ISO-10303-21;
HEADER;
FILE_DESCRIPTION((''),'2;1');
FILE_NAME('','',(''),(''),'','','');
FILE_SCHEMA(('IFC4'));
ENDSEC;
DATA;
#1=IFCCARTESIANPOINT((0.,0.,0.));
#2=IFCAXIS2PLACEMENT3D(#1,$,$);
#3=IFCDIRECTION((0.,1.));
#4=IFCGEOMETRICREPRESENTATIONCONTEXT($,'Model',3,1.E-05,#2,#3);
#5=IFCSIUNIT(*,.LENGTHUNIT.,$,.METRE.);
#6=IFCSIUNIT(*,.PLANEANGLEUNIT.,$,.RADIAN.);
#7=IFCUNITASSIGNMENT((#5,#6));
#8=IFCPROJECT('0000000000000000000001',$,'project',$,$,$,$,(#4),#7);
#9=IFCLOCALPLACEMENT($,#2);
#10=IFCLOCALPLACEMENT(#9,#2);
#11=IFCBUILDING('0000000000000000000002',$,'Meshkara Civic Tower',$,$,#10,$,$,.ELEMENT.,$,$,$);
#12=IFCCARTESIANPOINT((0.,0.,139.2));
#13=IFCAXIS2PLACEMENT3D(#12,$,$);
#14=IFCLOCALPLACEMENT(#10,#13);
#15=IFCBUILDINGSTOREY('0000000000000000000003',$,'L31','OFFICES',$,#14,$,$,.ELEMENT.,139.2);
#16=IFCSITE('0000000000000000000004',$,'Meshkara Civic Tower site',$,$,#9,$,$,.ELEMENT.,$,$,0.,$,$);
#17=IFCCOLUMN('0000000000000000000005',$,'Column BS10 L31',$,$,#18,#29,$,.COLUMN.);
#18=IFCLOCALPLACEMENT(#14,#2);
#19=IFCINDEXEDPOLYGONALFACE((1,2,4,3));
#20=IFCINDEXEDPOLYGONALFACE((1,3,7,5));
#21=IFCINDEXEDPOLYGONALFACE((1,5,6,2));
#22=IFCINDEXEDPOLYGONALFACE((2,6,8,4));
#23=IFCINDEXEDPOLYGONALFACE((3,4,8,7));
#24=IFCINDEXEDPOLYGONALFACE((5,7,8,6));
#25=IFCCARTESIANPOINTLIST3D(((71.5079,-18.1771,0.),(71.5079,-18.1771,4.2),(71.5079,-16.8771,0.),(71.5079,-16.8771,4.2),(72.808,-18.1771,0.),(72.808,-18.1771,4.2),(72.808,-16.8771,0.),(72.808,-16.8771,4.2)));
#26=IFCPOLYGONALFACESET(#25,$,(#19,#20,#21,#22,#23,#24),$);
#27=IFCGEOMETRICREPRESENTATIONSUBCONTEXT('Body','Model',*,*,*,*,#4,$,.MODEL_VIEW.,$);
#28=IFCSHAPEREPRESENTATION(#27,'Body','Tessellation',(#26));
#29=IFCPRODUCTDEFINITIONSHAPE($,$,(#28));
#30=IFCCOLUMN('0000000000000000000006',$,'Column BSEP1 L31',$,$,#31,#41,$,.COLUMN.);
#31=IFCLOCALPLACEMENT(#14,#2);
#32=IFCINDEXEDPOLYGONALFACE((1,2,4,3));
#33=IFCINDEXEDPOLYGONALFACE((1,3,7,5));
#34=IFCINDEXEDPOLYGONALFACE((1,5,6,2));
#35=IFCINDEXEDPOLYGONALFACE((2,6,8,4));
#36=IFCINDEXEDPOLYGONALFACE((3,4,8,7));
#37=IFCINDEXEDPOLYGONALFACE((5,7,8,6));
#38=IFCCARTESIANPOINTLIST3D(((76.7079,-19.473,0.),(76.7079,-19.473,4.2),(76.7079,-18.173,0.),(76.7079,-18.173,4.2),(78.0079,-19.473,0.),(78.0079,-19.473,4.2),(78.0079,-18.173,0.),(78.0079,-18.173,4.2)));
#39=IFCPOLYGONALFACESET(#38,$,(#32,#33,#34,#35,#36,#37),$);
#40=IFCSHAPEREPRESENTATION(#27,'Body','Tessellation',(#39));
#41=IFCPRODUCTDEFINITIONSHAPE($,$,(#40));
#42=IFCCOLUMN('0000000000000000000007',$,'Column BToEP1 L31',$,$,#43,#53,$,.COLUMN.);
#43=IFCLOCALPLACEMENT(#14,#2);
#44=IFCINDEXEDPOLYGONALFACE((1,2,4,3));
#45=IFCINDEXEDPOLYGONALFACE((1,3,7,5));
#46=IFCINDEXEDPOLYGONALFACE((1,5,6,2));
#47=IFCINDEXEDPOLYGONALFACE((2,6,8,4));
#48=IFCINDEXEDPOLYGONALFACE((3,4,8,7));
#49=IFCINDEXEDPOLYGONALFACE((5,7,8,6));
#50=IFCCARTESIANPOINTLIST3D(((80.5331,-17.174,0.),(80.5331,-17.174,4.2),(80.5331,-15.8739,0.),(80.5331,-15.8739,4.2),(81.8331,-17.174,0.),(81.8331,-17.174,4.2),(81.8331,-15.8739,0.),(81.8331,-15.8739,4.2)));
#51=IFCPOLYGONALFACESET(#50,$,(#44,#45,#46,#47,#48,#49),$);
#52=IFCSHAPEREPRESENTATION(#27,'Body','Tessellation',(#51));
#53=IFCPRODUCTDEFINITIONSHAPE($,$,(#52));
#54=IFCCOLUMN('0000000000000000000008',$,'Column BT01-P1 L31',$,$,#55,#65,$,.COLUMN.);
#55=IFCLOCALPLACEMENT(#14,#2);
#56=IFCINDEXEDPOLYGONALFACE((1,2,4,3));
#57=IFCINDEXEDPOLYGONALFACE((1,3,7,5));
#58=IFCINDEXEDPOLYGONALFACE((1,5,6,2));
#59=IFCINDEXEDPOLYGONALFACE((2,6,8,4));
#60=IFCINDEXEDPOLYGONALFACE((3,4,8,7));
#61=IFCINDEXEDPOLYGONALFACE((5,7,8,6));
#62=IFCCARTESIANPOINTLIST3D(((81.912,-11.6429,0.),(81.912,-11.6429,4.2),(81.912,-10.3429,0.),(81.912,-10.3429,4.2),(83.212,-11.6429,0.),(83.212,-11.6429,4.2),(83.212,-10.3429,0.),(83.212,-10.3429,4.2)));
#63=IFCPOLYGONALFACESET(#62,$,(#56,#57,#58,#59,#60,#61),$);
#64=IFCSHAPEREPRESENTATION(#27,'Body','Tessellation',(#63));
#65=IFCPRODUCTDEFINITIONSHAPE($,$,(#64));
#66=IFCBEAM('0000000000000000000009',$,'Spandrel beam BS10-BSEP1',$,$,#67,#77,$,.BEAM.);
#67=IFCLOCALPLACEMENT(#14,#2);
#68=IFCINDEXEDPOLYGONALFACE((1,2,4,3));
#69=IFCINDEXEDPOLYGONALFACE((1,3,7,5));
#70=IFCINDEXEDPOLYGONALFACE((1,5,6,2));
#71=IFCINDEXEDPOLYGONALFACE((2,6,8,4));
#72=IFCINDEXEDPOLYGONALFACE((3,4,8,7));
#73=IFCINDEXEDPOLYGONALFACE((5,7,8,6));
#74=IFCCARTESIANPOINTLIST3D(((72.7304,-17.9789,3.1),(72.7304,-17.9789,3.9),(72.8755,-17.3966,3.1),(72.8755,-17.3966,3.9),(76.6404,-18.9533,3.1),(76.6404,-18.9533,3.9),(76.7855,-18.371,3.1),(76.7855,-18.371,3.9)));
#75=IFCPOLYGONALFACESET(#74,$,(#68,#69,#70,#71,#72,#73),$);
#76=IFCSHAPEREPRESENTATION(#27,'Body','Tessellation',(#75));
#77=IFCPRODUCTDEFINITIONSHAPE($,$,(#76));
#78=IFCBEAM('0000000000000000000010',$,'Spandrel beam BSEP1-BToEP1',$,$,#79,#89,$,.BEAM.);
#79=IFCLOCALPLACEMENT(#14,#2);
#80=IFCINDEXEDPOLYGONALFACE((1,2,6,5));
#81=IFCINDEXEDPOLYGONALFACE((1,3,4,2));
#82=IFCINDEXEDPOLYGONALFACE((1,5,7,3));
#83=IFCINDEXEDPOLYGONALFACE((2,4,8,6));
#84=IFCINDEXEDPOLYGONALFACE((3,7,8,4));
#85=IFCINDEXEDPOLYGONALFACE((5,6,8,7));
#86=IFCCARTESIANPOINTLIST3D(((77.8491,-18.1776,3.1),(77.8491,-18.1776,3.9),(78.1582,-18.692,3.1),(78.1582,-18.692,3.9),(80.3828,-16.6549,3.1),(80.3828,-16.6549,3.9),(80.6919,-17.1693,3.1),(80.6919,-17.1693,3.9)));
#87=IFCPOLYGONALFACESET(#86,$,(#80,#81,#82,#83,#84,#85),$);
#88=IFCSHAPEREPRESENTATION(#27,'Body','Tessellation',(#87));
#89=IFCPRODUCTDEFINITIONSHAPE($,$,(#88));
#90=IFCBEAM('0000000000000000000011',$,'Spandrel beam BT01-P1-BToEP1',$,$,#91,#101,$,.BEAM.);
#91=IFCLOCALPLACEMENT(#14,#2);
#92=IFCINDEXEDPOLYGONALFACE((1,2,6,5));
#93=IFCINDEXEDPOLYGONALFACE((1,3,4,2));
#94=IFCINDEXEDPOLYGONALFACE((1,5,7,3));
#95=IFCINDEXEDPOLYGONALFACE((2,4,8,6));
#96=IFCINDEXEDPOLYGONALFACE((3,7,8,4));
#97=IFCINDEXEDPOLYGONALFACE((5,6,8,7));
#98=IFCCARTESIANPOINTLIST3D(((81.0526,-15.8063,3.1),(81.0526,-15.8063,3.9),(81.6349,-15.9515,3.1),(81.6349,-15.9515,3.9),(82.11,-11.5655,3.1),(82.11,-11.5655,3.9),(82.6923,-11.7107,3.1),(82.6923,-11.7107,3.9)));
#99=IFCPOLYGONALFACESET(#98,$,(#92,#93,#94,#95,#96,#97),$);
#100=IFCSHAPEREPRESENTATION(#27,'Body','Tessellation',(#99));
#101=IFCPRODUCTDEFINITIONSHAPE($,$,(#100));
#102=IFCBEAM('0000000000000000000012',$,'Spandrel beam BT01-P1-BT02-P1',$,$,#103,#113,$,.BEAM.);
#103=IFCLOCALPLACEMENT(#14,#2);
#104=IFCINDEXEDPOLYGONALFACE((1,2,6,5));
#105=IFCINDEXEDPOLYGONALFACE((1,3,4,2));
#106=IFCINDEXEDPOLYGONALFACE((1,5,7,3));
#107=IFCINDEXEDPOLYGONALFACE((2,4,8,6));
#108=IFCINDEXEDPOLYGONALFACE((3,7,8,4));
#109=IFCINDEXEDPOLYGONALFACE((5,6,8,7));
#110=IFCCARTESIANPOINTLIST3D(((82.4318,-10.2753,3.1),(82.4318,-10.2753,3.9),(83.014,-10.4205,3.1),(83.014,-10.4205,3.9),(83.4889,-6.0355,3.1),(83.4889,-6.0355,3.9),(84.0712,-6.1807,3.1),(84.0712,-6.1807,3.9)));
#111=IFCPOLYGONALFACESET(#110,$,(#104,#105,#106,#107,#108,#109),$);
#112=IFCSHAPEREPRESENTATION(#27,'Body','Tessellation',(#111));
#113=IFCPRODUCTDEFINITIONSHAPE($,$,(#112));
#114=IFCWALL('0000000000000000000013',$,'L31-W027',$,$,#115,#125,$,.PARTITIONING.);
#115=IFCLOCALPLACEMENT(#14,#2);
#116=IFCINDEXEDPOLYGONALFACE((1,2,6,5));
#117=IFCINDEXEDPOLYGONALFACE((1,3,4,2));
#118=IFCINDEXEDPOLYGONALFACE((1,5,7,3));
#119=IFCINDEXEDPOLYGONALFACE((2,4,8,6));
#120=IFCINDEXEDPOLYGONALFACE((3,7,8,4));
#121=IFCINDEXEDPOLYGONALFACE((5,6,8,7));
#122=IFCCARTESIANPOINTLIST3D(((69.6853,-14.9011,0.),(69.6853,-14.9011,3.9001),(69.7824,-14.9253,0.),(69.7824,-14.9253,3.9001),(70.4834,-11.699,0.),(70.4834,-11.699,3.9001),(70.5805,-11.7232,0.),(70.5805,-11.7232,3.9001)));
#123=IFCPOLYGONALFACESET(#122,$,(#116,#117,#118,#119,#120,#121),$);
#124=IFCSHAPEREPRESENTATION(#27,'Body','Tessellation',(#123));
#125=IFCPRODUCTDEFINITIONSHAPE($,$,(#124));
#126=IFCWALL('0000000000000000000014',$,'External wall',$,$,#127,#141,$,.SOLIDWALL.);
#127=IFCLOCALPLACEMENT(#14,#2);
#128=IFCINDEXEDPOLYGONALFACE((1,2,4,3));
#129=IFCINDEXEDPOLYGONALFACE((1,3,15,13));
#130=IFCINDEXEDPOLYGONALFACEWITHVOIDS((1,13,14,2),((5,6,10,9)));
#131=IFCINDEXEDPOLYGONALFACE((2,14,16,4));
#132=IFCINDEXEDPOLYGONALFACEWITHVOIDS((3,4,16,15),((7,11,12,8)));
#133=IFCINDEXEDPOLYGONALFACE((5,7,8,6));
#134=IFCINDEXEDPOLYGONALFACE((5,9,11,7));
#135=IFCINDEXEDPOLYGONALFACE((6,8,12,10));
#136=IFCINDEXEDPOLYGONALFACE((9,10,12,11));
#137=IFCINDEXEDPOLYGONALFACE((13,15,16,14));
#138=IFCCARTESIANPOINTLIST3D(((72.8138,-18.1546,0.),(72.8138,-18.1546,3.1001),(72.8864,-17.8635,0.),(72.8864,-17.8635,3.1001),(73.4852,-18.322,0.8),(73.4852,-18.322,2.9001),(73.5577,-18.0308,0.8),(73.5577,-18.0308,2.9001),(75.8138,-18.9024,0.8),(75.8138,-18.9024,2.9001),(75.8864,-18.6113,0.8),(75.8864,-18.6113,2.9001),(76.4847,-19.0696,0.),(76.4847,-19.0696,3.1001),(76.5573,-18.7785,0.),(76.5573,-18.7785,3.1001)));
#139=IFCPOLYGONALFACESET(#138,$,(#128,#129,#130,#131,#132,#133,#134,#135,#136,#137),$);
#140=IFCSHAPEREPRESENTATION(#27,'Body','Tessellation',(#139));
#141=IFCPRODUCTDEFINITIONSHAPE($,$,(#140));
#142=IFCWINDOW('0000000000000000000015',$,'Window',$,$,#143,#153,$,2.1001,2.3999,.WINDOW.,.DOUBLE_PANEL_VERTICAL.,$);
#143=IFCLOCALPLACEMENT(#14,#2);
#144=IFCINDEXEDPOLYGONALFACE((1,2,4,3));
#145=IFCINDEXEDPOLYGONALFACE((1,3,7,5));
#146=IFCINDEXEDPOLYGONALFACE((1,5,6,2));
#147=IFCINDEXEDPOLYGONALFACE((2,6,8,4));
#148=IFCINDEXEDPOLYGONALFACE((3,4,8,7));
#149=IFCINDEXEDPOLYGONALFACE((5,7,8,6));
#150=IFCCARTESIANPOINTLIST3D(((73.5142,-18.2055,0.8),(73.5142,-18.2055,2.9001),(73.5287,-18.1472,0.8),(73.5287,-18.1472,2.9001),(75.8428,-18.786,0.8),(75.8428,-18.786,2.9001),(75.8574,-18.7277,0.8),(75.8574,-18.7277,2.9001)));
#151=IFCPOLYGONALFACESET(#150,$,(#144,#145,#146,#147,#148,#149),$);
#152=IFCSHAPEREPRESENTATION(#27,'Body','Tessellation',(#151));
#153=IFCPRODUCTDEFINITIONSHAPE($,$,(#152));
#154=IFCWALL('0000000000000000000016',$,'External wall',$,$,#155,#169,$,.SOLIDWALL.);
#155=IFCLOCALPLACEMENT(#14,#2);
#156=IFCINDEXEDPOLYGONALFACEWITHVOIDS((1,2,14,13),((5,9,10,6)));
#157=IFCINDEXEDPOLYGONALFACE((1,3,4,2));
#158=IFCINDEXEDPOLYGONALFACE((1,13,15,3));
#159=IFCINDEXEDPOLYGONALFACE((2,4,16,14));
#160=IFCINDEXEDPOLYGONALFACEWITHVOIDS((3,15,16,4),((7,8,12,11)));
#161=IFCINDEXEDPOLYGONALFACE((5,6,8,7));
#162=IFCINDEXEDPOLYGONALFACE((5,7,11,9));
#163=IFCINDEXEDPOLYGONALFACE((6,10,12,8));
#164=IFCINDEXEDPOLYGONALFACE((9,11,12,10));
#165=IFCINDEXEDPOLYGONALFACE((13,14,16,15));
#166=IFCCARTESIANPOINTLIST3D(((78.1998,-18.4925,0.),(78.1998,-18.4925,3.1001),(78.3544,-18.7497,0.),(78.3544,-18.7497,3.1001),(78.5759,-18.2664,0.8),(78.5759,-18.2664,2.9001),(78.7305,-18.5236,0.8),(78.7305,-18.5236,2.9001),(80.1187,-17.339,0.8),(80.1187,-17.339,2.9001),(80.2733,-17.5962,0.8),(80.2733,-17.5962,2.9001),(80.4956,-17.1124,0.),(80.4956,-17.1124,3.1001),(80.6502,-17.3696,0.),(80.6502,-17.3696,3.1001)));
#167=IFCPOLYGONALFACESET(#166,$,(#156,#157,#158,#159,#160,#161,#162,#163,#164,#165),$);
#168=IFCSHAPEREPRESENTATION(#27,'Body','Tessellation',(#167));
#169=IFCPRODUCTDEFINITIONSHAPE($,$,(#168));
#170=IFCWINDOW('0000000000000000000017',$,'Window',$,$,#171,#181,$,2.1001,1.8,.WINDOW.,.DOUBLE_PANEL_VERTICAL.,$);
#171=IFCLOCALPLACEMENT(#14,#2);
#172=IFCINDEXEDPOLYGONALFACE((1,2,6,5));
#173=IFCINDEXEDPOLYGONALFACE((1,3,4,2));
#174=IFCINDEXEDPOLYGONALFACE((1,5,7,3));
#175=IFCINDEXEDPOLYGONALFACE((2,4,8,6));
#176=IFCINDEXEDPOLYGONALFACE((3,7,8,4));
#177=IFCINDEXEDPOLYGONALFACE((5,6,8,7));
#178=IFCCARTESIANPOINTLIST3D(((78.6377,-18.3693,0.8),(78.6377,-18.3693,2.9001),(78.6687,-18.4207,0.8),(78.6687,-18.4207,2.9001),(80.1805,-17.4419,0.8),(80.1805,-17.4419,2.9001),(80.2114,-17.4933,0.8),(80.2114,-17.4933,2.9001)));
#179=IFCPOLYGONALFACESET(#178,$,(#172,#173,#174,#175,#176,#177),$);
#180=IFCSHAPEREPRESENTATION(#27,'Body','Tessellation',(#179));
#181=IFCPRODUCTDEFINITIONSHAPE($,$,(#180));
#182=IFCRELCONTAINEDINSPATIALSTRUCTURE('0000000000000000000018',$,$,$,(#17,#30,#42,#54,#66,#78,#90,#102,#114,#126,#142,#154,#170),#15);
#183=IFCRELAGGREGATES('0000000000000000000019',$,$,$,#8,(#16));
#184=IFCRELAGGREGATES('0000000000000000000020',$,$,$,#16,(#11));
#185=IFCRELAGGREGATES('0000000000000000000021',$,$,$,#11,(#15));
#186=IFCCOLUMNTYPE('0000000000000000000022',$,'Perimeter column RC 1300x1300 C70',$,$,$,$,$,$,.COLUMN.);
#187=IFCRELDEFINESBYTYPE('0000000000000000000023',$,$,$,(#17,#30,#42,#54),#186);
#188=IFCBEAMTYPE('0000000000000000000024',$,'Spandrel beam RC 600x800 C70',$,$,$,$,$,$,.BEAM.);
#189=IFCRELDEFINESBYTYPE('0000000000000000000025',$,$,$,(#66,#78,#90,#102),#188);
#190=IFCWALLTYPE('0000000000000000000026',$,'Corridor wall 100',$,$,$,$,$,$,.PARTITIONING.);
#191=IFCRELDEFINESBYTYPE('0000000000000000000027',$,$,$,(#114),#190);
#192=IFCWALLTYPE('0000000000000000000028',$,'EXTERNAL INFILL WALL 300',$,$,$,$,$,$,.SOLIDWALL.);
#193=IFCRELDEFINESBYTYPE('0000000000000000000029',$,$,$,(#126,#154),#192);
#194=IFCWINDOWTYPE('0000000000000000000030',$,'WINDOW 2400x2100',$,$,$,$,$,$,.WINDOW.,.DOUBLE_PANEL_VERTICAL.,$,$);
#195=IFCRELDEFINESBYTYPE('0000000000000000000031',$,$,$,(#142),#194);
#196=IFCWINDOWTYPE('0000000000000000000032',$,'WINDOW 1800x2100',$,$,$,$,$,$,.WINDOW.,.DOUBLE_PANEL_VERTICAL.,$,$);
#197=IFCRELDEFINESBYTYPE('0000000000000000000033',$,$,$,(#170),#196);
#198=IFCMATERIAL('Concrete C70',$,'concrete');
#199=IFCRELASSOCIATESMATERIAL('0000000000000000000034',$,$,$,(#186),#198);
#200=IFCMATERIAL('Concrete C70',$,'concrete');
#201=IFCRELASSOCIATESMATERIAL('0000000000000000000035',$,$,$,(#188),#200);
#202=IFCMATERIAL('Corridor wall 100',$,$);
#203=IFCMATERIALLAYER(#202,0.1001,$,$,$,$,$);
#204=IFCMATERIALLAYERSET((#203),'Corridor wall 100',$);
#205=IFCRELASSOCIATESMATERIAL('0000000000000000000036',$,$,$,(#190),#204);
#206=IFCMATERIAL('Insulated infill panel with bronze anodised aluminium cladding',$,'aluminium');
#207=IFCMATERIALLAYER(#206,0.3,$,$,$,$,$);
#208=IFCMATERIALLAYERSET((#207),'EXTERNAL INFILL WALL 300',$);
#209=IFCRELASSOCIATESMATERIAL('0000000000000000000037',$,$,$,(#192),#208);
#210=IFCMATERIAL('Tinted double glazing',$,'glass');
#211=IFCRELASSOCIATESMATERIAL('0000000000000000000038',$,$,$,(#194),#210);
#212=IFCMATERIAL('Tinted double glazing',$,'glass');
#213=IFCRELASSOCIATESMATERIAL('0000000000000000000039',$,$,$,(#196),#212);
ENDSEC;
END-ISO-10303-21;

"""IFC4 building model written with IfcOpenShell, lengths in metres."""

from ifc_helpers import new_model, si_unit, direction, frame, frame_2d, origin, origin_2d, place, context, subcontext, project, spatial, rectangle, extrude, material, layer, layer_set, material_profile, profile_set, type_object, element, fill, save


model = new_model("IFC4")

# Units and contexts
model_context = context("Model", 3, precision=1e-05, world=origin(), true_north=direction((0.0, 1.0)))
body_context = subcontext(model_context, "Body", "Model", "MODEL_VIEW")
ifc_project = project(units=[si_unit("LENGTHUNIT", "METRE"), si_unit("PLANEANGLEUNIT", "RADIAN")], contexts=[model_context])

# Site, building, storey
site_placement = place(None, origin())
site = spatial("IfcSite", under=ifc_project, at=site_placement, Name="Meshkara Civic Tower site", CompositionType="ELEMENT", RefElevation=0.0)
building_placement = place(site_placement, origin())
building = spatial("IfcBuilding", under=site, at=building_placement, Name="Meshkara Civic Tower", CompositionType="ELEMENT")
storey_placement = place(building_placement, frame((0.0, 0.0, 139.2)))
storey = spatial("IfcBuildingStorey", under=building, at=storey_placement, Name="L31", Description="OFFICES", CompositionType="ELEMENT", Elevation=139.2)

# Columns
ifc_material_1 = material(Name="Concrete C70", Category="concrete")
ifc_material_profile_1 = material_profile(ifc_material_1, rectangle(XDim=1.3, YDim=1.3, at=origin_2d()))
ifc_profile_set_1 = profile_set([ifc_material_profile_1], Name="Concrete C70")
column_type = type_object("IfcColumnType", Name="Perimeter column RC 1300x1300 C70", PredefinedType="COLUMN", material=ifc_profile_set_1)
for number, where, z_axis, x_axis, name in (
    (1, (72.158, -17.5271, 0.0), (0.0, 0.0, 1.0), (1.0, 0.0, 0.0), "Column BS10 L31"),
    (2, (77.3579, -18.823, 0.0), (0.0, 0.0, 1.0), (1.0, 0.0, 0.0), "Column BSEP1 L31"),
    (3, (81.1831, -16.5239, 0.0), (0.0, 0.0, 1.0), (1.0, 0.0, 0.0), "Column BToEP1 L31"),
    (4, (82.562, -10.9929, 0.0), (0.0, 0.0, 1.0), (1.0, 0.0, 0.0), "Column BT01-P1 L31"),
):
    element("IfcColumn", number, at=place(storey_placement, frame(where, z_axis=z_axis, x_axis=x_axis)), inside=storey, type_object=column_type, Name=name, PredefinedType="COLUMN", context=body_context, shape_type="SweptSolid", body=[
        extrude(rectangle(XDim=1.3, YDim=1.3, at=origin_2d()), origin(), (0.0, 0.0, 1.0), 4.2),
    ])

# Beams
ifc_material_2 = material(Name="Concrete C70", Category="concrete")
ifc_material_profile_2 = material_profile(ifc_material_2, rectangle(XDim=0.6001, YDim=0.8, at=origin_2d()))
ifc_profile_set_2 = profile_set([ifc_material_profile_2], Name="Concrete C70")
beam_type = type_object("IfcBeamType", Name="Spandrel beam RC 600x800 C70", PredefinedType="BEAM", material=ifc_profile_set_2)
beam_1_placement = place(storey_placement, frame((72.803, -17.6877, 3.5), z_axis=(0.970324, -0.241808, 0.0), x_axis=(0.241808, 0.970324, 0.0)))
element("IfcBeam", 5, at=beam_1_placement, inside=storey, type_object=beam_type, Name="Spandrel beam BS10-BSEP1", PredefinedType="BEAM", context=body_context, shape_type="SweptSolid", body=[
    extrude(rectangle(XDim=0.6001, YDim=0.8, at=origin_2d()), origin(), (0.0, 0.0, 1.0), 4.0295),
])
beam_2_placement = place(storey_placement, frame((78.0037, -18.4348, 3.5), z_axis=(0.857121, 0.515115, 0.0), x_axis=(-0.515115, 0.857121, 0.0)))
element("IfcBeam", 6, at=beam_2_placement, inside=storey, type_object=beam_type, Name="Spandrel beam BSEP1-BToEP1", PredefinedType="BEAM", context=body_context, shape_type="SweptSolid", body=[
    extrude(rectangle(XDim=0.6001, YDim=0.8, at=origin_2d()), origin(), (0.0, 0.0, 1.0), 2.9561),
])
beam_3_placement = place(storey_placement, frame((81.3438, -15.8789, 3.5), z_axis=(0.241931, 0.970293, 0.0), x_axis=(-0.970293, 0.241931, 0.0)))
element("IfcBeam", 7, at=beam_3_placement, inside=storey, type_object=beam_type, Name="Spandrel beam BT01-P1-BToEP1", PredefinedType="BEAM", context=body_context, shape_type="SweptSolid", body=[
    extrude(rectangle(XDim=0.6001, YDim=0.8, at=origin_2d()), origin(), (0.0, 0.0, 1.0), 4.3706),
])
beam_4_placement = place(storey_placement, frame((82.7229, -10.3479, 3.5), z_axis=(0.241931, 0.970293, 0.0), x_axis=(-0.970293, 0.241931, 0.0)))
element("IfcBeam", 8, at=beam_4_placement, inside=storey, type_object=beam_type, Name="Spandrel beam BT01-P1-BT02-P1", PredefinedType="BEAM", context=body_context, shape_type="SweptSolid", body=[
    extrude(rectangle(XDim=0.6001, YDim=0.8, at=origin_2d()), origin(), (0.0, 0.0, 1.0), 4.3696),
])

# Wall
ifc_material_3 = material(Name="Corridor wall 100")
ifc_layer_1 = layer(ifc_material_3, 0.1001)
ifc_layer_set_1 = layer_set([ifc_layer_1], Name="Corridor wall 100")
wall_type_1 = type_object("IfcWallType", Name="Corridor wall 100", PredefinedType="PARTITIONING", material=ifc_layer_set_1)
wall_1_placement = place(storey_placement, frame((69.7339, -14.9131, 0.0), z_axis=(0.0, 0.0, 1.0), x_axis=(0.241839, 0.970316, 0.0)))
element("IfcWall", 9, at=wall_1_placement, inside=storey, type_object=wall_type_1, Name="L31-W027", PredefinedType="PARTITIONING", context=body_context, shape_type="SweptSolid", body=[
    extrude(rectangle(XDim=3.3, YDim=0.1001, at=frame_2d((1.6499, 0.0))), origin(), (0.0, 0.0, 1.0), 3.9001),
])

# Walls, openings, windows
ifc_material_4 = material(Name="Insulated infill panel with bronze anodised aluminium cladding", Category="aluminium")
ifc_layer_2 = layer(ifc_material_4, 0.3)
ifc_layer_set_2 = layer_set([ifc_layer_2], Name="EXTERNAL INFILL WALL 300")
wall_type_2 = type_object("IfcWallType", Name="EXTERNAL INFILL WALL 300", PredefinedType="SOLIDWALL", material=ifc_layer_set_2)
wall_2_placement = place(storey_placement, frame((72.8501, -18.009, 0.0), z_axis=(0.0, 0.0, 1.0), x_axis=(0.970309, -0.241867, 0.0)))
wall_2 = element("IfcWall", 10, at=wall_2_placement, inside=storey, type_object=wall_type_2, Name="External wall", PredefinedType="SOLIDWALL", context=body_context, shape_type="SweptSolid", body=[
    extrude(rectangle(XDim=3.7832, YDim=0.3, at=frame_2d((1.8916, 0.0))), origin(), (0.0, 0.0, 1.0), 3.1001),
])
opening_1_placement = place(wall_2_placement, frame((0.6919, 0.0, 0.8)))
opening_1 = element("IfcOpeningElement", 11, at=opening_1_placement, cuts=wall_2, PredefinedType="OPENING", context=body_context, shape_type="SweptSolid", body=[
    extrude(rectangle(XDim=2.3999, YDim=2.1001, at=frame_2d((1.2, 1.05))), frame((0.0, 0.1599, 0.0), z_axis=(0.0, -1.0, 0.0), x_axis=(1.0, 0.0, 0.0)), (0.0, 0.0, 1.0), 0.3201),
])
ifc_material_5 = material(Name="Tinted double glazing", Category="glass")
window_type_1 = type_object("IfcWindowType", Name="WINDOW 2400x2100", PartitioningType="DOUBLE_PANEL_VERTICAL", PredefinedType="WINDOW", material=ifc_material_5)
window_1_placement = place(opening_1_placement, origin())
window_1 = element("IfcWindow", 12, at=window_1_placement, inside=storey, type_object=window_type_1, Name="Window", OverallHeight=2.1001, OverallWidth=2.3999, PartitioningType="DOUBLE_PANEL_VERTICAL", PredefinedType="WINDOW", context=body_context, shape_type="SweptSolid", body=[
    extrude(rectangle(XDim=2.3999, YDim=2.1001, at=frame_2d((1.2, 1.05))), frame((0.0, 0.03, 0.0), z_axis=(0.0, -1.0, 0.0), x_axis=(1.0, 0.0, 0.0)), (0.0, 0.0, 1.0), 0.0601),
])
fill(opening_1, window_1)
wall_3_placement = place(storey_placement, frame((78.2771, -18.6211, 0.0), z_axis=(0.0, 0.0, 1.0), x_axis=(0.857066, 0.515206, 0.0)))
wall_3 = element("IfcWall", 13, at=wall_3_placement, inside=storey, type_object=wall_type_2, Name="External wall", PredefinedType="SOLIDWALL", context=body_context, shape_type="SweptSolid", body=[
    extrude(rectangle(XDim=2.6787, YDim=0.3, at=frame_2d((1.3394, 0.0))), origin(), (0.0, 0.0, 1.0), 3.1001),
])
opening_2_placement = place(wall_3_placement, frame((0.439, 0.0, 0.8)))
opening_2 = element("IfcOpeningElement", 14, at=opening_2_placement, cuts=wall_3, PredefinedType="OPENING", context=body_context, shape_type="SweptSolid", body=[
    extrude(rectangle(XDim=1.8, YDim=2.1001, at=frame_2d((0.8999, 1.05))), frame((0.0, 0.1599, 0.0), z_axis=(0.0, -1.0, 0.0), x_axis=(1.0, 0.0, 0.0)), (0.0, 0.0, 1.0), 0.3201),
])
ifc_material_6 = material(Name="Tinted double glazing", Category="glass")
window_type_2 = type_object("IfcWindowType", Name="WINDOW 1800x2100", PartitioningType="DOUBLE_PANEL_VERTICAL", PredefinedType="WINDOW", material=ifc_material_6)
window_2_placement = place(opening_2_placement, origin())
window_2 = element("IfcWindow", 15, at=window_2_placement, inside=storey, type_object=window_type_2, Name="Window", OverallHeight=2.1001, OverallWidth=1.8, PartitioningType="DOUBLE_PANEL_VERTICAL", PredefinedType="WINDOW", context=body_context, shape_type="SweptSolid", body=[
    extrude(rectangle(XDim=1.8, YDim=2.1001, at=frame_2d((0.8999, 1.05))), frame((0.0, 0.03, 0.0), z_axis=(0.0, -1.0, 0.0), x_axis=(1.0, 0.0, 0.0)), (0.0, 0.0, 1.0), 0.0601),
])
fill(opening_2, window_2)

save(model, "model.ifc")
